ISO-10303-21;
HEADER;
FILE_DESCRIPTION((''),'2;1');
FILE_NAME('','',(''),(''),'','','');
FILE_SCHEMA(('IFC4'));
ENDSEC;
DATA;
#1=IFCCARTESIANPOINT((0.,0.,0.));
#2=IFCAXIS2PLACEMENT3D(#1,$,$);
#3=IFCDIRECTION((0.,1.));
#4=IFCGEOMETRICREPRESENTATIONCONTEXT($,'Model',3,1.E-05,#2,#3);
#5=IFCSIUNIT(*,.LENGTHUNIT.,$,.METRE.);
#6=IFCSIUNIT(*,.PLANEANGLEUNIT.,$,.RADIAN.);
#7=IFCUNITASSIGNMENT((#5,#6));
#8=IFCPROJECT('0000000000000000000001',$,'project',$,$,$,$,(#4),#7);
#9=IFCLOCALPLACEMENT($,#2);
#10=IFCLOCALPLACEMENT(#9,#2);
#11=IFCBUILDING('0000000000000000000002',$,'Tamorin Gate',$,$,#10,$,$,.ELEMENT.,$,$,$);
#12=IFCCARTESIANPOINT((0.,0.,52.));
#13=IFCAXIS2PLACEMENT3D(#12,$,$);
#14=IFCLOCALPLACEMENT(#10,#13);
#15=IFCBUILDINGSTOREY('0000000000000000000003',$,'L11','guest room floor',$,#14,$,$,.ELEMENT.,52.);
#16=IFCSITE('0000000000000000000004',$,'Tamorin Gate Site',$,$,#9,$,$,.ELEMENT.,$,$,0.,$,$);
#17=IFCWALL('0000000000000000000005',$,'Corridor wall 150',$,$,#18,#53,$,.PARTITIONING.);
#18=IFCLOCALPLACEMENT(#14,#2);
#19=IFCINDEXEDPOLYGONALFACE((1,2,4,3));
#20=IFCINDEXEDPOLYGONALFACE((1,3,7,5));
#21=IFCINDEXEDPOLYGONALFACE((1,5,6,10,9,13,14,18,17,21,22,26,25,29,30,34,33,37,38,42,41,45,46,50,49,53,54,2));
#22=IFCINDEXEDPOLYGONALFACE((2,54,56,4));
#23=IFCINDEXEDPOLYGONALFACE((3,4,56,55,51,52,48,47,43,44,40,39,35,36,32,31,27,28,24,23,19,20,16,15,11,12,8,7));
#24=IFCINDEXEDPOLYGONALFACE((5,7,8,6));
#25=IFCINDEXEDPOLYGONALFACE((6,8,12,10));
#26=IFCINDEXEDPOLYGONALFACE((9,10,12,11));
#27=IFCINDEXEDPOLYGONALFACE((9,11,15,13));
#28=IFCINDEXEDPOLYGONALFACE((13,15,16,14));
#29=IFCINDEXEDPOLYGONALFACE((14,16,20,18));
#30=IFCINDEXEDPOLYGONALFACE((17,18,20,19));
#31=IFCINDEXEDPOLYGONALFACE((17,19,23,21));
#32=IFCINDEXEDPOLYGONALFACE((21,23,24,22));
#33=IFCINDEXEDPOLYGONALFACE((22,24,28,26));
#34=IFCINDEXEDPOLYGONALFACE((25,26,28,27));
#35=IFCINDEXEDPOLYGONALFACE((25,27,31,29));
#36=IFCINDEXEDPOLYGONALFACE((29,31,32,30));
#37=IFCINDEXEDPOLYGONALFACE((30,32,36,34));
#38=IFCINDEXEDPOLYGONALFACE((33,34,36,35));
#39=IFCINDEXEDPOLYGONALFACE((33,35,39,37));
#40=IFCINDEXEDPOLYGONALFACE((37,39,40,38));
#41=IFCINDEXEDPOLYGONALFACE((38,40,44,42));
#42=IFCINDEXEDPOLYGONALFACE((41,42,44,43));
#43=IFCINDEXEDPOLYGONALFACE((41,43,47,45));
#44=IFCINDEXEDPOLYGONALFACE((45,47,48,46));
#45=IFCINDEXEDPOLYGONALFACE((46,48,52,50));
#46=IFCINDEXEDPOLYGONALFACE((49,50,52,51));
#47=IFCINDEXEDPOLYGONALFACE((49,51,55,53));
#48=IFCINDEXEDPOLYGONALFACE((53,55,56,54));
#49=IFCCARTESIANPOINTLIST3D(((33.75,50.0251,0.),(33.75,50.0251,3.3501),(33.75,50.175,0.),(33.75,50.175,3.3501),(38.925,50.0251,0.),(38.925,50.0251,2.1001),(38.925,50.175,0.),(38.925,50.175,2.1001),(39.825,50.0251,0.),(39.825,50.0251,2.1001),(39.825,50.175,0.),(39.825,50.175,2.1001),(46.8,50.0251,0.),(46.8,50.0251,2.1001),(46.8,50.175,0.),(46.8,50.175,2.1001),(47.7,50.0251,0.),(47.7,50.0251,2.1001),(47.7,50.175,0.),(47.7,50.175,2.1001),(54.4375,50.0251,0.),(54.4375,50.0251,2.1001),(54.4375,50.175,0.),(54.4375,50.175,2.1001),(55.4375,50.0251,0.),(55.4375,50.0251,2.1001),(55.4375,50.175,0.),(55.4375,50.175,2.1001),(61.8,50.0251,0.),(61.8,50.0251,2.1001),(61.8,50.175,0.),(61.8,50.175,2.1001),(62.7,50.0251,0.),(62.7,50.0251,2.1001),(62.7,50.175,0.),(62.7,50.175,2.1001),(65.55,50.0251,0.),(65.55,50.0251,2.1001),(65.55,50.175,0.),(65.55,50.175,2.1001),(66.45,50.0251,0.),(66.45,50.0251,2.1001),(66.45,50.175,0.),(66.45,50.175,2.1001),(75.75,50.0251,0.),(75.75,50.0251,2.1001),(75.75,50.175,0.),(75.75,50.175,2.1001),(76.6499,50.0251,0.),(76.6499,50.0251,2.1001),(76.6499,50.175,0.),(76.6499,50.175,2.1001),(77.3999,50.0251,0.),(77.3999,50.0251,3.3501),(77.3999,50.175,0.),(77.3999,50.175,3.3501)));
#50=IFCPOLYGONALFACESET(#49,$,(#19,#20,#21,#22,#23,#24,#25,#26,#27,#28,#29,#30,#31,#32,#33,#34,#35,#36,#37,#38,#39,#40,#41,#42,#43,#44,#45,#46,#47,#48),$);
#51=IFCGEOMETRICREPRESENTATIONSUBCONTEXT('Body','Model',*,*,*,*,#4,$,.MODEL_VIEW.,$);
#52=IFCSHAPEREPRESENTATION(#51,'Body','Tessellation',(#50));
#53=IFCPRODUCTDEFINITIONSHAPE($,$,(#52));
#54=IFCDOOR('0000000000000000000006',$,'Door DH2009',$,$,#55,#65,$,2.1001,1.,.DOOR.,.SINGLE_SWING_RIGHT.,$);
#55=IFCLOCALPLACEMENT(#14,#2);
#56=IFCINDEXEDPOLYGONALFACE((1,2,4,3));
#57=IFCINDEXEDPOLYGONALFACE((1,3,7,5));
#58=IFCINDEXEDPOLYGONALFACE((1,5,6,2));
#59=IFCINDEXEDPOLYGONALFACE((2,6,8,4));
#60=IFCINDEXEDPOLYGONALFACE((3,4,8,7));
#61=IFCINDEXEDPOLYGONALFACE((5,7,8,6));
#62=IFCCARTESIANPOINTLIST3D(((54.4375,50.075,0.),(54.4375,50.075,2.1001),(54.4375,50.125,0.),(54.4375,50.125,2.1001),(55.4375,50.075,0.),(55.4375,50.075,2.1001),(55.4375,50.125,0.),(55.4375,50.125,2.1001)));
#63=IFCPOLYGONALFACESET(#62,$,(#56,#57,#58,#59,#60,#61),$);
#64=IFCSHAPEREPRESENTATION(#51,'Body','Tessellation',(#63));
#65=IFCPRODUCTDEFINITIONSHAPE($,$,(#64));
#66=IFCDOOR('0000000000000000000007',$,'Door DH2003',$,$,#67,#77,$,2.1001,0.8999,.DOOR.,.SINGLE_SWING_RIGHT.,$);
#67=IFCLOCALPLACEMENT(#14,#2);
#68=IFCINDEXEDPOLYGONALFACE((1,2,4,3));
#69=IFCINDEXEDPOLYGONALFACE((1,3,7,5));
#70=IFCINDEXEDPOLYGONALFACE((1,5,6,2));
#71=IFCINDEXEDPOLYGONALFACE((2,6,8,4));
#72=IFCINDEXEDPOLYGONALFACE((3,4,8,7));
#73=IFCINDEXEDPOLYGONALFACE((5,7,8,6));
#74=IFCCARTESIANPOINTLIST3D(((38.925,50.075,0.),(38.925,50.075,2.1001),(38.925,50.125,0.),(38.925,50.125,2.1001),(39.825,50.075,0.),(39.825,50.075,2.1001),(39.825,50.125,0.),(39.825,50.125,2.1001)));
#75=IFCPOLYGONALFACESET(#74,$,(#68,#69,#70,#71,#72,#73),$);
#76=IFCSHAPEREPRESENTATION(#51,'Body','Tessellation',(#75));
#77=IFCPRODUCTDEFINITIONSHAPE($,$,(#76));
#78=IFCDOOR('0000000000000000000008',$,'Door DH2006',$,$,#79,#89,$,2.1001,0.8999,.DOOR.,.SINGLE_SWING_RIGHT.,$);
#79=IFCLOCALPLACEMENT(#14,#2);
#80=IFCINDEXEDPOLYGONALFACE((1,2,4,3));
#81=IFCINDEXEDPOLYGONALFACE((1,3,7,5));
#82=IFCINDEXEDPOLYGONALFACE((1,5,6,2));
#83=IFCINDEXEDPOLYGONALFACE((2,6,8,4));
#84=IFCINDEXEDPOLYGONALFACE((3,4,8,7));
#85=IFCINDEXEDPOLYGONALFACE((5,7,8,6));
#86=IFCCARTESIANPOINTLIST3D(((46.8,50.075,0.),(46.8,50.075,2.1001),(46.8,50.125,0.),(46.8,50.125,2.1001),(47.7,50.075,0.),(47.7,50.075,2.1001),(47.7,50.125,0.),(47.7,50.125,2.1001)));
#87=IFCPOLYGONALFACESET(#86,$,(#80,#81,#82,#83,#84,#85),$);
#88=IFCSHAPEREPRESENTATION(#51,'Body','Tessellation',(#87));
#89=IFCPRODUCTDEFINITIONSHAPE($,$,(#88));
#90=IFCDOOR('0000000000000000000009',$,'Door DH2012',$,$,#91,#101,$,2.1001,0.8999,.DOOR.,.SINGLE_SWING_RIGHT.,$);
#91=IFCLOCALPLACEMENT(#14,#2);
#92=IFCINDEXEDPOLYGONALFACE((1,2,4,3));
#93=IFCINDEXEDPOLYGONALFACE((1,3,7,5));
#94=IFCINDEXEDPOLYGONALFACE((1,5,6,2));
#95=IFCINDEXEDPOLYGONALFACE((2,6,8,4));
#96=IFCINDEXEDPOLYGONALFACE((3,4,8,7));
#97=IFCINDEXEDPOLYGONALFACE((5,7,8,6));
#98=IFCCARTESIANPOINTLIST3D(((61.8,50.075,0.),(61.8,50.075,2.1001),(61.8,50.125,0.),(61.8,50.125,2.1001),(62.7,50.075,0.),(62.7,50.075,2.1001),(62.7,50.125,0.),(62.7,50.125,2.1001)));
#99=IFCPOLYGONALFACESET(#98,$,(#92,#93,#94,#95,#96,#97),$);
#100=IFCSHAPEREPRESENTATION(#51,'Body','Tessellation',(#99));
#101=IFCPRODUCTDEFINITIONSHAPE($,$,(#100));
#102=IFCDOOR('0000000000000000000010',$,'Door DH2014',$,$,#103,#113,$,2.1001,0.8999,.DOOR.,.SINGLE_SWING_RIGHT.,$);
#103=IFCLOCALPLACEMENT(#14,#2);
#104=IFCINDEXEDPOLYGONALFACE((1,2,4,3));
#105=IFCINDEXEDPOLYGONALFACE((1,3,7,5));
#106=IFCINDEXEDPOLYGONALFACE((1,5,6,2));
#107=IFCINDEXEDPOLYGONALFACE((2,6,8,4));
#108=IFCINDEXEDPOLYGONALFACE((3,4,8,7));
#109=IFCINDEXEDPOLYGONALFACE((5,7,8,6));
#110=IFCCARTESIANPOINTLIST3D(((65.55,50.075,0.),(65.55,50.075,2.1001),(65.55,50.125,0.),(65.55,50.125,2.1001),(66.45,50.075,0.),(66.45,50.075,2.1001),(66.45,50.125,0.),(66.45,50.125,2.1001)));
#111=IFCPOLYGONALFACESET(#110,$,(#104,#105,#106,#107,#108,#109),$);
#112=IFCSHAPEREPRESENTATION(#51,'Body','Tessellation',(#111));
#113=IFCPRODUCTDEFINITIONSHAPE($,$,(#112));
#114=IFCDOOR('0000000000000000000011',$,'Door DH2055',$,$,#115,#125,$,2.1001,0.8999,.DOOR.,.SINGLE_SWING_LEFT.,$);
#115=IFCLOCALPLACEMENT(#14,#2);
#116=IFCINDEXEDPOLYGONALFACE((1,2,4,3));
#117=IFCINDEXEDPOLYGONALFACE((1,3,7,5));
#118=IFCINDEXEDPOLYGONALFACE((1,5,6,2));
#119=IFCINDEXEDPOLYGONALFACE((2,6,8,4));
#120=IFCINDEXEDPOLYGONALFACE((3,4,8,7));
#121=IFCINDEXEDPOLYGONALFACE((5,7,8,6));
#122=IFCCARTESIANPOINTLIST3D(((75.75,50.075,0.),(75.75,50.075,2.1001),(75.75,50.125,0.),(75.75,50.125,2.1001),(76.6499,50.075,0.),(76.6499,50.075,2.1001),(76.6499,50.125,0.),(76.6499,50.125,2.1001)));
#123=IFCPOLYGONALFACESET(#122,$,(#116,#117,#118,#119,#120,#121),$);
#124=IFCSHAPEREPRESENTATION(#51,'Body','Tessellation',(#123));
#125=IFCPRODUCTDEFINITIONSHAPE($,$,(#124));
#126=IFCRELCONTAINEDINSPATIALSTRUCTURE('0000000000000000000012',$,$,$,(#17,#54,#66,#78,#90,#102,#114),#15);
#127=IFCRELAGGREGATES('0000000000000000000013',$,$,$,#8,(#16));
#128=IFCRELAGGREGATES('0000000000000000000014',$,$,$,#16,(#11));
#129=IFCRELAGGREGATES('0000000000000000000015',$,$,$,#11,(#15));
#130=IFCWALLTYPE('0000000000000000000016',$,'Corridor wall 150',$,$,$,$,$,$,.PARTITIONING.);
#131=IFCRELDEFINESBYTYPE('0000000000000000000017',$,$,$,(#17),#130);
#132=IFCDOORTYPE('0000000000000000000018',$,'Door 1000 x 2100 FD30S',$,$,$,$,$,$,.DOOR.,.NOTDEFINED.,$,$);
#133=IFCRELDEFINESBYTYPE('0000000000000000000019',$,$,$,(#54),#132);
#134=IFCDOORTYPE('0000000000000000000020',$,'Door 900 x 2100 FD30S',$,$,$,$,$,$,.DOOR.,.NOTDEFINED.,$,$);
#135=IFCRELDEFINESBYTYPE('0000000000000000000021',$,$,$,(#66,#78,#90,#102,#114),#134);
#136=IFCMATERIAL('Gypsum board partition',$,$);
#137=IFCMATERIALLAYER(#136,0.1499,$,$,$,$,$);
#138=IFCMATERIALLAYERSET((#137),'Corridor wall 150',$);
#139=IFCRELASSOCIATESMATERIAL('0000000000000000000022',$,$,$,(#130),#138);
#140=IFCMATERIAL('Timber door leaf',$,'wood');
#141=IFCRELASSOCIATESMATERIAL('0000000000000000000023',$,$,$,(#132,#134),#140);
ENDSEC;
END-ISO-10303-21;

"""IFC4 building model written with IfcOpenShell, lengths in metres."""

from ifc_helpers import new_model, si_unit, direction, frame, frame_2d, origin, place, context, subcontext, project, spatial, rectangle, extrude, material, layer, layer_set, type_object, element, fill, save


model = new_model("IFC4")

# Units and contexts
model_context = context("Model", 3, precision=1e-05, world=origin(), true_north=direction((0.0, 1.0)))
body_context = subcontext(model_context, "Body", "Model", "MODEL_VIEW")
ifc_project = project(units=[si_unit("LENGTHUNIT", "METRE"), si_unit("PLANEANGLEUNIT", "RADIAN")], contexts=[model_context])

# Site, building, storey
site_placement = place(None, origin())
site = spatial("IfcSite", under=ifc_project, at=site_placement, Name="Tamorin Gate Site", CompositionType="ELEMENT", RefElevation=0.0)
building_placement = place(site_placement, origin())
building = spatial("IfcBuilding", under=site, at=building_placement, Name="Tamorin Gate", CompositionType="ELEMENT")
storey_placement = place(building_placement, frame((0.0, 0.0, 52.0)))
storey = spatial("IfcBuildingStorey", under=building, at=storey_placement, Name="L11", Description="guest room floor", CompositionType="ELEMENT", Elevation=52.0)

# Wall, openings, doors
ifc_material_1 = material(Name="Gypsum board partition")
ifc_layer_1 = layer(ifc_material_1, 0.1499)
ifc_layer_set_1 = layer_set([ifc_layer_1], Name="Corridor wall 150")
wall_type_1 = type_object("IfcWallType", Name="Corridor wall 150", PredefinedType="PARTITIONING", material=ifc_layer_set_1)
wall_1_placement = place(storey_placement, frame((33.75, 50.1001, 0.0), z_axis=(0.0, 0.0, 1.0), x_axis=(1.0, 0.0, 0.0)))
wall_1 = element("IfcWall", 1, at=wall_1_placement, inside=storey, type_object=wall_type_1, Name="Corridor wall 150", PredefinedType="PARTITIONING", context=body_context, shape_type="SweptSolid", body=[
    extrude(rectangle(XDim=43.6499, YDim=0.1499, at=frame_2d((21.825, 0.0))), origin(), (0.0, 0.0, 1.0), 3.3501),
])
opening_1_placement = place(wall_1_placement, frame((5.175, 0.0, 0.0)))
opening_1 = element("IfcOpeningElement", 2, at=opening_1_placement, cuts=wall_1, PredefinedType="OPENING", context=body_context, shape_type="SweptSolid", body=[
    extrude(rectangle(XDim=0.8999, YDim=2.1001, at=frame_2d((0.45, 1.05))), frame((0.0, 0.085, 0.0), z_axis=(0.0, -1.0, 0.0), x_axis=(1.0, 0.0, 0.0)), (0.0, 0.0, 1.0), 0.1699),
])
opening_2_placement = place(wall_1_placement, frame((13.05, 0.0, 0.0)))
opening_2 = element("IfcOpeningElement", 3, at=opening_2_placement, cuts=wall_1, PredefinedType="OPENING", context=body_context, shape_type="SweptSolid", body=[
    extrude(rectangle(XDim=0.8999, YDim=2.1001, at=frame_2d((0.45, 1.05))), frame((0.0, 0.085, 0.0), z_axis=(0.0, -1.0, 0.0), x_axis=(1.0, 0.0, 0.0)), (0.0, 0.0, 1.0), 0.1699),
])
opening_3_placement = place(wall_1_placement, frame((20.6875, 0.0, 0.0)))
opening_3 = element("IfcOpeningElement", 4, at=opening_3_placement, cuts=wall_1, PredefinedType="OPENING", context=body_context, shape_type="SweptSolid", body=[
    extrude(rectangle(XDim=1.0, YDim=2.1001, at=frame_2d((0.5, 1.05))), frame((0.0, 0.085, 0.0), z_axis=(0.0, -1.0, 0.0), x_axis=(1.0, 0.0, 0.0)), (0.0, 0.0, 1.0), 0.1699),
])
opening_4_placement = place(wall_1_placement, frame((28.05, 0.0, 0.0)))
opening_4 = element("IfcOpeningElement", 5, at=opening_4_placement, cuts=wall_1, PredefinedType="OPENING", context=body_context, shape_type="SweptSolid", body=[
    extrude(rectangle(XDim=0.8999, YDim=2.1001, at=frame_2d((0.45, 1.05))), frame((0.0, 0.085, 0.0), z_axis=(0.0, -1.0, 0.0), x_axis=(1.0, 0.0, 0.0)), (0.0, 0.0, 1.0), 0.1699),
])
opening_5_placement = place(wall_1_placement, frame((31.8, 0.0, 0.0)))
opening_5 = element("IfcOpeningElement", 6, at=opening_5_placement, cuts=wall_1, PredefinedType="OPENING", context=body_context, shape_type="SweptSolid", body=[
    extrude(rectangle(XDim=0.8999, YDim=2.1001, at=frame_2d((0.45, 1.05))), frame((0.0, 0.085, 0.0), z_axis=(0.0, -1.0, 0.0), x_axis=(1.0, 0.0, 0.0)), (0.0, 0.0, 1.0), 0.1699),
])
opening_6_placement = place(wall_1_placement, frame((42.0, 0.0, 0.0)))
opening_6 = element("IfcOpeningElement", 7, at=opening_6_placement, cuts=wall_1, PredefinedType="OPENING", context=body_context, shape_type="SweptSolid", body=[
    extrude(rectangle(XDim=0.8999, YDim=2.1001, at=frame_2d((0.45, 1.05))), frame((0.0, 0.085, 0.0), z_axis=(0.0, -1.0, 0.0), x_axis=(1.0, 0.0, 0.0)), (0.0, 0.0, 1.0), 0.1699),
])
ifc_material_2 = material(Name="Timber door leaf", Category="wood")
door_type_1 = type_object("IfcDoorType", Name="Door 1000 x 2100 FD30S", OperationType="NOTDEFINED", PredefinedType="DOOR", material=ifc_material_2)
door_1_placement = place(opening_3_placement, origin())
door_1 = element("IfcDoor", 8, at=door_1_placement, inside=storey, type_object=door_type_1, Name="Door DH2009", OperationType="SINGLE_SWING_RIGHT", OverallHeight=2.1001, OverallWidth=1.0, PredefinedType="DOOR", context=body_context, shape_type="SweptSolid", body=[
    extrude(rectangle(XDim=1.0, YDim=2.1001, at=frame_2d((0.5, 1.05))), frame((0.0, 0.0249, 0.0), z_axis=(0.0, -1.0, 0.0), x_axis=(1.0, 0.0, 0.0)), (0.0, 0.0, 1.0), 0.05),
])
fill(opening_3, door_1)
door_type_2 = type_object("IfcDoorType", Name="Door 900 x 2100 FD30S", OperationType="NOTDEFINED", PredefinedType="DOOR", material=ifc_material_2)
door_2_placement = place(opening_1_placement, origin())
door_2 = element("IfcDoor", 9, at=door_2_placement, inside=storey, type_object=door_type_2, Name="Door DH2003", OperationType="SINGLE_SWING_RIGHT", OverallHeight=2.1001, OverallWidth=0.8999, PredefinedType="DOOR", context=body_context, shape_type="SweptSolid", body=[
    extrude(rectangle(XDim=0.8999, YDim=2.1001, at=frame_2d((0.45, 1.05))), frame((0.0, 0.0249, 0.0), z_axis=(0.0, -1.0, 0.0), x_axis=(1.0, 0.0, 0.0)), (0.0, 0.0, 1.0), 0.05),
])
fill(opening_1, door_2)
door_3_placement = place(opening_2_placement, origin())
door_3 = element("IfcDoor", 10, at=door_3_placement, inside=storey, type_object=door_type_2, Name="Door DH2006", OperationType="SINGLE_SWING_RIGHT", OverallHeight=2.1001, OverallWidth=0.8999, PredefinedType="DOOR", context=body_context, shape_type="SweptSolid", body=[
    extrude(rectangle(XDim=0.8999, YDim=2.1001, at=frame_2d((0.45, 1.05))), frame((0.0, 0.0249, 0.0), z_axis=(0.0, -1.0, 0.0), x_axis=(1.0, 0.0, 0.0)), (0.0, 0.0, 1.0), 0.05),
])
fill(opening_2, door_3)
door_4_placement = place(opening_4_placement, origin())
door_4 = element("IfcDoor", 11, at=door_4_placement, inside=storey, type_object=door_type_2, Name="Door DH2012", OperationType="SINGLE_SWING_RIGHT", OverallHeight=2.1001, OverallWidth=0.8999, PredefinedType="DOOR", context=body_context, shape_type="SweptSolid", body=[
    extrude(rectangle(XDim=0.8999, YDim=2.1001, at=frame_2d((0.45, 1.05))), frame((0.0, 0.0249, 0.0), z_axis=(0.0, -1.0, 0.0), x_axis=(1.0, 0.0, 0.0)), (0.0, 0.0, 1.0), 0.05),
])
fill(opening_4, door_4)
door_5_placement = place(opening_5_placement, origin())
door_5 = element("IfcDoor", 12, at=door_5_placement, inside=storey, type_object=door_type_2, Name="Door DH2014", OperationType="SINGLE_SWING_RIGHT", OverallHeight=2.1001, OverallWidth=0.8999, PredefinedType="DOOR", context=body_context, shape_type="SweptSolid", body=[
    extrude(rectangle(XDim=0.8999, YDim=2.1001, at=frame_2d((0.45, 1.05))), frame((0.0, 0.0249, 0.0), z_axis=(0.0, -1.0, 0.0), x_axis=(1.0, 0.0, 0.0)), (0.0, 0.0, 1.0), 0.05),
])
fill(opening_5, door_5)
door_6_placement = place(opening_6_placement, origin())
door_6 = element("IfcDoor", 13, at=door_6_placement, inside=storey, type_object=door_type_2, Name="Door DH2055", OperationType="SINGLE_SWING_LEFT", OverallHeight=2.1001, OverallWidth=0.8999, PredefinedType="DOOR", context=body_context, shape_type="SweptSolid", body=[
    extrude(rectangle(XDim=0.8999, YDim=2.1001, at=frame_2d((0.45, 1.05))), frame((0.0, 0.0249, 0.0), z_axis=(0.0, -1.0, 0.0), x_axis=(1.0, 0.0, 0.0)), (0.0, 0.0, 1.0), 0.05),
])
fill(opening_6, door_6)

save(model, "model.ifc")
